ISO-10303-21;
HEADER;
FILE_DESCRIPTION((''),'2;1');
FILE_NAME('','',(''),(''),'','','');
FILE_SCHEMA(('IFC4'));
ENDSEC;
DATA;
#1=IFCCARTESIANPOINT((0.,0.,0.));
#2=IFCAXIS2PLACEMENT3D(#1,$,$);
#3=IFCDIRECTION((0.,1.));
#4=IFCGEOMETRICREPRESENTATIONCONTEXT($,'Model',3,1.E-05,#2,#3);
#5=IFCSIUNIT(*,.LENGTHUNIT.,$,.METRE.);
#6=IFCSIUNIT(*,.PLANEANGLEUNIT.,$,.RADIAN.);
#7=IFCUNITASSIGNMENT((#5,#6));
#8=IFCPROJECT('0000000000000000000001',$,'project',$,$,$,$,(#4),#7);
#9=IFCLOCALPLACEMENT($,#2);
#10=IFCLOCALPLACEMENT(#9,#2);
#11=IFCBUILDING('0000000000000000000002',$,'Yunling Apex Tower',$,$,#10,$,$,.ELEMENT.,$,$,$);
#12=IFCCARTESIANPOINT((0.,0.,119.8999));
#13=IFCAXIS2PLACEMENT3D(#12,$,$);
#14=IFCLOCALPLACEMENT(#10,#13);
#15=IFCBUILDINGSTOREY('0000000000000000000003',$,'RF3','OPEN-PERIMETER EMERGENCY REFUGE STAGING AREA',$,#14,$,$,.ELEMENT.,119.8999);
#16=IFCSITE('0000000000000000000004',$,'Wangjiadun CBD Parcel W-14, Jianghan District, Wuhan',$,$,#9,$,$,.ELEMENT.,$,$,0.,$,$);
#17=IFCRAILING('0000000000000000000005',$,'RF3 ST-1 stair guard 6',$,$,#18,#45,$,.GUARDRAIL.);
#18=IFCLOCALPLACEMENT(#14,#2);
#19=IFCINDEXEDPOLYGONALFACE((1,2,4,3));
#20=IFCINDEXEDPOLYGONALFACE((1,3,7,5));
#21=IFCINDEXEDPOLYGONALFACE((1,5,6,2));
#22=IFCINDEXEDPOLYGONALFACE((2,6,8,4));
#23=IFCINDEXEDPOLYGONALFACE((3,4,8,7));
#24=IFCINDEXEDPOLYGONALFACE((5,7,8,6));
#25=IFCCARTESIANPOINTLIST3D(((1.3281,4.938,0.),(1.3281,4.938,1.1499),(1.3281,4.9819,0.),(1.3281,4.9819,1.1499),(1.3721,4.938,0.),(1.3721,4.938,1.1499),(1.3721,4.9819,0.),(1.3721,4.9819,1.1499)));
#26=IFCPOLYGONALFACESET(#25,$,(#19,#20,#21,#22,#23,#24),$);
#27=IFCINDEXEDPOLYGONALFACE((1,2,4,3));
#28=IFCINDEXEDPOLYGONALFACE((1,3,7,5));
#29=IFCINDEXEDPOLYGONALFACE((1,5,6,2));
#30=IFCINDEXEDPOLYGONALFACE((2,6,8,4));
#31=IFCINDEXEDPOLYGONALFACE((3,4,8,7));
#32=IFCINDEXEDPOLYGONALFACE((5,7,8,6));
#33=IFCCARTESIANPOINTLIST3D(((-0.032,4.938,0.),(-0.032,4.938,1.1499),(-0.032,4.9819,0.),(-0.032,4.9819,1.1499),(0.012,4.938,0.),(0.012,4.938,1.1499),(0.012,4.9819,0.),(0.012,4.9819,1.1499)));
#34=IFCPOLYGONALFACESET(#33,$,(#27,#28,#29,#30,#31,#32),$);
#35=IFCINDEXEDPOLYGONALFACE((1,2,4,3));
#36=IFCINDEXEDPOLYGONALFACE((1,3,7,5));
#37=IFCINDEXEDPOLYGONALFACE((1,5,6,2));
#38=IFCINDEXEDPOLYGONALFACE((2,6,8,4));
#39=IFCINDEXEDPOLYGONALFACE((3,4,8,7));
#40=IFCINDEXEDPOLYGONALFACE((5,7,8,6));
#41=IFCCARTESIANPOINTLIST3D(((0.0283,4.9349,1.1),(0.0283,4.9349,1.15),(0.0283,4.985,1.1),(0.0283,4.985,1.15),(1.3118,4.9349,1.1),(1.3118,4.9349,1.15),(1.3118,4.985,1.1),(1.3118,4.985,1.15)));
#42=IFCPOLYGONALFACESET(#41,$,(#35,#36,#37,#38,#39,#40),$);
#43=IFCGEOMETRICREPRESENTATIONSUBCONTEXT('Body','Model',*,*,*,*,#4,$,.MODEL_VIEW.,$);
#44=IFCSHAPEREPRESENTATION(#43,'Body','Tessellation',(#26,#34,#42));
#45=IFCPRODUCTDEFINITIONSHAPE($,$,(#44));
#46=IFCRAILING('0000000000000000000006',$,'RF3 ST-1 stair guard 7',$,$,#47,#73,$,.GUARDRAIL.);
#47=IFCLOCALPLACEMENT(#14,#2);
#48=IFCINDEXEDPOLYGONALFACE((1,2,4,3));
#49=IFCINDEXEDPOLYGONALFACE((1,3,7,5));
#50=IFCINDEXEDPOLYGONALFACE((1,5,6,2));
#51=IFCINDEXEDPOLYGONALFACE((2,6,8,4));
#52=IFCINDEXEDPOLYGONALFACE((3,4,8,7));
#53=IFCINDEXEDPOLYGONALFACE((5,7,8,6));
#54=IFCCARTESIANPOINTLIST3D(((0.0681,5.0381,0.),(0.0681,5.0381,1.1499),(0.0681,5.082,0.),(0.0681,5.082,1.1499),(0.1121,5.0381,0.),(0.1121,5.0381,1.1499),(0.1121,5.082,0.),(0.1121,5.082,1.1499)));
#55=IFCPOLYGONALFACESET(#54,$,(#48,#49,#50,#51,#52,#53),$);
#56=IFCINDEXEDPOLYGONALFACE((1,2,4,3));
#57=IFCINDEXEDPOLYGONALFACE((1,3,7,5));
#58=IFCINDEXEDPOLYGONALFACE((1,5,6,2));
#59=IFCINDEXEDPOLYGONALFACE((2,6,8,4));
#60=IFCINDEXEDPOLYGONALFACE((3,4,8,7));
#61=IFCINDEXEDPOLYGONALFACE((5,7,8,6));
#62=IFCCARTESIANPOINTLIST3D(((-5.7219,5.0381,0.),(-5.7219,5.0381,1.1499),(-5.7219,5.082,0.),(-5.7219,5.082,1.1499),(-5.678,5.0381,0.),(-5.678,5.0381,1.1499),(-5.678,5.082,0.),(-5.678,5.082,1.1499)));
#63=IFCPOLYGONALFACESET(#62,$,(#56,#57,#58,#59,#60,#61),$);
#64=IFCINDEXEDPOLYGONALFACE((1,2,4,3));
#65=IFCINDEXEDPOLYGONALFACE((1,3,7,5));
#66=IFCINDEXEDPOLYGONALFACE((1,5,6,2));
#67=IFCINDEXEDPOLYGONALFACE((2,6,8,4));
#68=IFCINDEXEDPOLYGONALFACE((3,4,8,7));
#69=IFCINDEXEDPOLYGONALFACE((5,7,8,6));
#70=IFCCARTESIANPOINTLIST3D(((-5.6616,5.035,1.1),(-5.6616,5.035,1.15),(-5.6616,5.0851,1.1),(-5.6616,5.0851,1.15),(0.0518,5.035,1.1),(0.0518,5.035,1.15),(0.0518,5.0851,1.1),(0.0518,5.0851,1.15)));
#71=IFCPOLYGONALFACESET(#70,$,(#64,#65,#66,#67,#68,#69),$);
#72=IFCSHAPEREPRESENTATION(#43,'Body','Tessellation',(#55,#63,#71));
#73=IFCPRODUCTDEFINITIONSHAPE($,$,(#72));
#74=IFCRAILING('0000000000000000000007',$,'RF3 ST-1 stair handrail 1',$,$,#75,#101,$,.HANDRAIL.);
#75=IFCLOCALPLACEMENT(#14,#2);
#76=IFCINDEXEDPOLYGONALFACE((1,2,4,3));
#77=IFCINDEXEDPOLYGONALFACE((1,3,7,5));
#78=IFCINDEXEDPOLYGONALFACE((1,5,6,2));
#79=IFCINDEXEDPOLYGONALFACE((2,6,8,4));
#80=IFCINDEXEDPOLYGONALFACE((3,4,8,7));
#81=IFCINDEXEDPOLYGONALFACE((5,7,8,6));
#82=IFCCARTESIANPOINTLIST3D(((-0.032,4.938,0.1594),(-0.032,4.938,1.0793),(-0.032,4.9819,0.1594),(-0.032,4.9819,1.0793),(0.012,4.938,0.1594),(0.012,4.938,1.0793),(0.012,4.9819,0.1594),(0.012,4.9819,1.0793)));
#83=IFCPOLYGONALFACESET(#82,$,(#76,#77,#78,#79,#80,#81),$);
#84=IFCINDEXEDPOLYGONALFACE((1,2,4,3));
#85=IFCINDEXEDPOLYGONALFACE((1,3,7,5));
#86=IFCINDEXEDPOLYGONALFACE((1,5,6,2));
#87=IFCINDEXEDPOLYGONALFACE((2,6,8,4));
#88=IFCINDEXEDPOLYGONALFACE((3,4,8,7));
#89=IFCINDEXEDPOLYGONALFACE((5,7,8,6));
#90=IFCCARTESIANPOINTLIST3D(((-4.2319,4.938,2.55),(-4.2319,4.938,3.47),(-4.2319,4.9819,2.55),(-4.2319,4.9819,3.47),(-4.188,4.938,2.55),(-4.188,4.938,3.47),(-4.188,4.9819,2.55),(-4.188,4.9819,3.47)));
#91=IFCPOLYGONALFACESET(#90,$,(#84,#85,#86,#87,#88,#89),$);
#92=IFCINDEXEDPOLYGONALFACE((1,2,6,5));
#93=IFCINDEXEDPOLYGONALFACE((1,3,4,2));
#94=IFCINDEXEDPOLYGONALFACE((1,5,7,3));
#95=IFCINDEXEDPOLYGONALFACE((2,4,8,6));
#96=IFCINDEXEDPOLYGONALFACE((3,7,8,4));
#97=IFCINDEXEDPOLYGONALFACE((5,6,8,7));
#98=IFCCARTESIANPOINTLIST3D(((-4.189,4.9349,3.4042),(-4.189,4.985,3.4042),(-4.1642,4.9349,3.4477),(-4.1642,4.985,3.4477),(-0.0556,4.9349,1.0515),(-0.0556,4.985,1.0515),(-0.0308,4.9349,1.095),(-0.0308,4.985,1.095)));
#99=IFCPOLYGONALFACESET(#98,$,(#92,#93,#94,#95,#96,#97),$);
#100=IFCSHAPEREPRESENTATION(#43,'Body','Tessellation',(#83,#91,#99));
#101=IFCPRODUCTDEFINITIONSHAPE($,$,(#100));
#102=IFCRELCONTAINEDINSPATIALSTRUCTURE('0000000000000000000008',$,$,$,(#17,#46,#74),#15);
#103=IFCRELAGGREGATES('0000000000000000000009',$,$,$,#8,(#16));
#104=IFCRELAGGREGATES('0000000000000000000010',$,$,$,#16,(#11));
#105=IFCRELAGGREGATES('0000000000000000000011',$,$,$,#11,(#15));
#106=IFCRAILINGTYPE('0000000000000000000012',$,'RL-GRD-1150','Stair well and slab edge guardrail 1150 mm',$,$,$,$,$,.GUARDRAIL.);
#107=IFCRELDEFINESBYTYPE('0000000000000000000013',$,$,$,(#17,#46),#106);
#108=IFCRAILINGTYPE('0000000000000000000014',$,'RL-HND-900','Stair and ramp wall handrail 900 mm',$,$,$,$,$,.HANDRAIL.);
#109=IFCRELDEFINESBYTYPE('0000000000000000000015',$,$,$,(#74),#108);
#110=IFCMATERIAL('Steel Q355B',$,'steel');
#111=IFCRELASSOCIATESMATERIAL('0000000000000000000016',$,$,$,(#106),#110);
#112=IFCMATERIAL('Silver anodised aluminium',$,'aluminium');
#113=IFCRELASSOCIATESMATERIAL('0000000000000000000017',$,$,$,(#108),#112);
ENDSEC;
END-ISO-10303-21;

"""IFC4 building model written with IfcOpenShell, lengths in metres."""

from ifc_helpers import new_model, si_unit, direction, frame, origin, origin_2d, place, context, subcontext, project, spatial, rectangle, extrude, material, type_object, element, save


model = new_model("IFC4")

# Units and contexts
model_context = context("Model", 3, precision=1e-05, world=origin(), true_north=direction((0.0, 1.0)))
body_context = subcontext(model_context, "Body", "Model", "MODEL_VIEW")
ifc_project = project(units=[si_unit("LENGTHUNIT", "METRE"), si_unit("PLANEANGLEUNIT", "RADIAN")], contexts=[model_context])

# Site, building, storey
site_placement = place(None, origin())
site = spatial("IfcSite", under=ifc_project, at=site_placement, Name="Wangjiadun CBD Parcel W-14, Jianghan District, Wuhan", CompositionType="ELEMENT", RefElevation=0.0)
building_placement = place(site_placement, origin())
building = spatial("IfcBuilding", under=site, at=building_placement, Name="Yunling Apex Tower", CompositionType="ELEMENT")
storey_placement = place(building_placement, frame((0.0, 0.0, 119.8999)))
storey = spatial("IfcBuildingStorey", under=building, at=storey_placement, Name="RF3", Description="OPEN-PERIMETER EMERGENCY REFUGE STAGING AREA", CompositionType="ELEMENT", Elevation=119.8999)

# Shared definitions
ifc_material_1 = material(Name="Steel Q355B", Category="steel")

# Railings
railing_type_1 = type_object("IfcRailingType", Name="RL-GRD-1150", Description="Stair well and slab edge guardrail 1150 mm", PredefinedType="GUARDRAIL", material=ifc_material_1)
railing_1_placement = place(storey_placement, frame((1.3501, 4.96, 0.0)))
element("IfcRailing", 1, at=railing_1_placement, inside=storey, type_object=railing_type_1, Name="RF3 ST-1 stair guard 6", PredefinedType="GUARDRAIL", context=body_context, shape_type="SweptSolid", body=[
    extrude(rectangle(XDim=0.0439, YDim=0.0439, at=origin_2d()), origin(), (0.0, 0.0, 1.0), 1.1499),
    extrude(rectangle(XDim=0.0439, YDim=0.0439, at=origin_2d()), frame((-1.3601, 0.0, 0.0)), (0.0, 0.0, 1.0), 1.1499),
    extrude(rectangle(XDim=0.05, YDim=0.05, at=origin_2d()), frame((-0.0383, 0.0, 1.125), z_axis=(-1.0, 0.0, 0.0), x_axis=(0.0, -1.0, 0.0)), (0.0, 0.0, 1.0), 1.2834),
])
railing_2_placement = place(storey_placement, frame((0.0901, 5.0601, 0.0)))
element("IfcRailing", 2, at=railing_2_placement, inside=storey, type_object=railing_type_1, Name="RF3 ST-1 stair guard 7", PredefinedType="GUARDRAIL", context=body_context, shape_type="SweptSolid", body=[
    extrude(rectangle(XDim=0.0439, YDim=0.0439, at=origin_2d()), origin(), (0.0, 0.0, 1.0), 1.1499),
    extrude(rectangle(XDim=0.0439, YDim=0.0439, at=origin_2d()), frame((-5.79, 0.0, 0.0)), (0.0, 0.0, 1.0), 1.1499),
    extrude(rectangle(XDim=0.05, YDim=0.05, at=origin_2d()), frame((-0.0383, 0.0, 1.125), z_axis=(-1.0, 0.0, 0.0), x_axis=(0.0, -1.0, 0.0)), (0.0, 0.0, 1.0), 5.7134),
])
ifc_material_2 = material(Name="Silver anodised aluminium", Category="aluminium")
railing_type_2 = type_object("IfcRailingType", Name="RL-HND-900", Description="Stair and ramp wall handrail 900 mm", PredefinedType="HANDRAIL", material=ifc_material_2)
railing_3_placement = place(storey_placement, frame((-0.01, 4.96, 0.1594)))
element("IfcRailing", 3, at=railing_3_placement, inside=storey, type_object=railing_type_2, Name="RF3 ST-1 stair handrail 1", PredefinedType="HANDRAIL", context=body_context, shape_type="SweptSolid", body=[
    extrude(rectangle(XDim=0.0439, YDim=0.0439, at=origin_2d()), origin(), (0.0, 0.0, 1.0), 0.9199),
    extrude(rectangle(XDim=0.0439, YDim=0.0439, at=origin_2d()), frame((-4.2, 0.0, 2.3906)), (0.0, 0.0, 1.0), 0.9199),
    extrude(rectangle(XDim=0.05, YDim=0.05, at=origin_2d()), frame((-0.0332, 0.0, 0.9138), z_axis=(-0.869075, 0.0, 0.49468), x_axis=(0.0, -1.0, 0.0)), (0.0, 0.0, 1.0), 4.7561),
])

save(model, "model.ifc")
